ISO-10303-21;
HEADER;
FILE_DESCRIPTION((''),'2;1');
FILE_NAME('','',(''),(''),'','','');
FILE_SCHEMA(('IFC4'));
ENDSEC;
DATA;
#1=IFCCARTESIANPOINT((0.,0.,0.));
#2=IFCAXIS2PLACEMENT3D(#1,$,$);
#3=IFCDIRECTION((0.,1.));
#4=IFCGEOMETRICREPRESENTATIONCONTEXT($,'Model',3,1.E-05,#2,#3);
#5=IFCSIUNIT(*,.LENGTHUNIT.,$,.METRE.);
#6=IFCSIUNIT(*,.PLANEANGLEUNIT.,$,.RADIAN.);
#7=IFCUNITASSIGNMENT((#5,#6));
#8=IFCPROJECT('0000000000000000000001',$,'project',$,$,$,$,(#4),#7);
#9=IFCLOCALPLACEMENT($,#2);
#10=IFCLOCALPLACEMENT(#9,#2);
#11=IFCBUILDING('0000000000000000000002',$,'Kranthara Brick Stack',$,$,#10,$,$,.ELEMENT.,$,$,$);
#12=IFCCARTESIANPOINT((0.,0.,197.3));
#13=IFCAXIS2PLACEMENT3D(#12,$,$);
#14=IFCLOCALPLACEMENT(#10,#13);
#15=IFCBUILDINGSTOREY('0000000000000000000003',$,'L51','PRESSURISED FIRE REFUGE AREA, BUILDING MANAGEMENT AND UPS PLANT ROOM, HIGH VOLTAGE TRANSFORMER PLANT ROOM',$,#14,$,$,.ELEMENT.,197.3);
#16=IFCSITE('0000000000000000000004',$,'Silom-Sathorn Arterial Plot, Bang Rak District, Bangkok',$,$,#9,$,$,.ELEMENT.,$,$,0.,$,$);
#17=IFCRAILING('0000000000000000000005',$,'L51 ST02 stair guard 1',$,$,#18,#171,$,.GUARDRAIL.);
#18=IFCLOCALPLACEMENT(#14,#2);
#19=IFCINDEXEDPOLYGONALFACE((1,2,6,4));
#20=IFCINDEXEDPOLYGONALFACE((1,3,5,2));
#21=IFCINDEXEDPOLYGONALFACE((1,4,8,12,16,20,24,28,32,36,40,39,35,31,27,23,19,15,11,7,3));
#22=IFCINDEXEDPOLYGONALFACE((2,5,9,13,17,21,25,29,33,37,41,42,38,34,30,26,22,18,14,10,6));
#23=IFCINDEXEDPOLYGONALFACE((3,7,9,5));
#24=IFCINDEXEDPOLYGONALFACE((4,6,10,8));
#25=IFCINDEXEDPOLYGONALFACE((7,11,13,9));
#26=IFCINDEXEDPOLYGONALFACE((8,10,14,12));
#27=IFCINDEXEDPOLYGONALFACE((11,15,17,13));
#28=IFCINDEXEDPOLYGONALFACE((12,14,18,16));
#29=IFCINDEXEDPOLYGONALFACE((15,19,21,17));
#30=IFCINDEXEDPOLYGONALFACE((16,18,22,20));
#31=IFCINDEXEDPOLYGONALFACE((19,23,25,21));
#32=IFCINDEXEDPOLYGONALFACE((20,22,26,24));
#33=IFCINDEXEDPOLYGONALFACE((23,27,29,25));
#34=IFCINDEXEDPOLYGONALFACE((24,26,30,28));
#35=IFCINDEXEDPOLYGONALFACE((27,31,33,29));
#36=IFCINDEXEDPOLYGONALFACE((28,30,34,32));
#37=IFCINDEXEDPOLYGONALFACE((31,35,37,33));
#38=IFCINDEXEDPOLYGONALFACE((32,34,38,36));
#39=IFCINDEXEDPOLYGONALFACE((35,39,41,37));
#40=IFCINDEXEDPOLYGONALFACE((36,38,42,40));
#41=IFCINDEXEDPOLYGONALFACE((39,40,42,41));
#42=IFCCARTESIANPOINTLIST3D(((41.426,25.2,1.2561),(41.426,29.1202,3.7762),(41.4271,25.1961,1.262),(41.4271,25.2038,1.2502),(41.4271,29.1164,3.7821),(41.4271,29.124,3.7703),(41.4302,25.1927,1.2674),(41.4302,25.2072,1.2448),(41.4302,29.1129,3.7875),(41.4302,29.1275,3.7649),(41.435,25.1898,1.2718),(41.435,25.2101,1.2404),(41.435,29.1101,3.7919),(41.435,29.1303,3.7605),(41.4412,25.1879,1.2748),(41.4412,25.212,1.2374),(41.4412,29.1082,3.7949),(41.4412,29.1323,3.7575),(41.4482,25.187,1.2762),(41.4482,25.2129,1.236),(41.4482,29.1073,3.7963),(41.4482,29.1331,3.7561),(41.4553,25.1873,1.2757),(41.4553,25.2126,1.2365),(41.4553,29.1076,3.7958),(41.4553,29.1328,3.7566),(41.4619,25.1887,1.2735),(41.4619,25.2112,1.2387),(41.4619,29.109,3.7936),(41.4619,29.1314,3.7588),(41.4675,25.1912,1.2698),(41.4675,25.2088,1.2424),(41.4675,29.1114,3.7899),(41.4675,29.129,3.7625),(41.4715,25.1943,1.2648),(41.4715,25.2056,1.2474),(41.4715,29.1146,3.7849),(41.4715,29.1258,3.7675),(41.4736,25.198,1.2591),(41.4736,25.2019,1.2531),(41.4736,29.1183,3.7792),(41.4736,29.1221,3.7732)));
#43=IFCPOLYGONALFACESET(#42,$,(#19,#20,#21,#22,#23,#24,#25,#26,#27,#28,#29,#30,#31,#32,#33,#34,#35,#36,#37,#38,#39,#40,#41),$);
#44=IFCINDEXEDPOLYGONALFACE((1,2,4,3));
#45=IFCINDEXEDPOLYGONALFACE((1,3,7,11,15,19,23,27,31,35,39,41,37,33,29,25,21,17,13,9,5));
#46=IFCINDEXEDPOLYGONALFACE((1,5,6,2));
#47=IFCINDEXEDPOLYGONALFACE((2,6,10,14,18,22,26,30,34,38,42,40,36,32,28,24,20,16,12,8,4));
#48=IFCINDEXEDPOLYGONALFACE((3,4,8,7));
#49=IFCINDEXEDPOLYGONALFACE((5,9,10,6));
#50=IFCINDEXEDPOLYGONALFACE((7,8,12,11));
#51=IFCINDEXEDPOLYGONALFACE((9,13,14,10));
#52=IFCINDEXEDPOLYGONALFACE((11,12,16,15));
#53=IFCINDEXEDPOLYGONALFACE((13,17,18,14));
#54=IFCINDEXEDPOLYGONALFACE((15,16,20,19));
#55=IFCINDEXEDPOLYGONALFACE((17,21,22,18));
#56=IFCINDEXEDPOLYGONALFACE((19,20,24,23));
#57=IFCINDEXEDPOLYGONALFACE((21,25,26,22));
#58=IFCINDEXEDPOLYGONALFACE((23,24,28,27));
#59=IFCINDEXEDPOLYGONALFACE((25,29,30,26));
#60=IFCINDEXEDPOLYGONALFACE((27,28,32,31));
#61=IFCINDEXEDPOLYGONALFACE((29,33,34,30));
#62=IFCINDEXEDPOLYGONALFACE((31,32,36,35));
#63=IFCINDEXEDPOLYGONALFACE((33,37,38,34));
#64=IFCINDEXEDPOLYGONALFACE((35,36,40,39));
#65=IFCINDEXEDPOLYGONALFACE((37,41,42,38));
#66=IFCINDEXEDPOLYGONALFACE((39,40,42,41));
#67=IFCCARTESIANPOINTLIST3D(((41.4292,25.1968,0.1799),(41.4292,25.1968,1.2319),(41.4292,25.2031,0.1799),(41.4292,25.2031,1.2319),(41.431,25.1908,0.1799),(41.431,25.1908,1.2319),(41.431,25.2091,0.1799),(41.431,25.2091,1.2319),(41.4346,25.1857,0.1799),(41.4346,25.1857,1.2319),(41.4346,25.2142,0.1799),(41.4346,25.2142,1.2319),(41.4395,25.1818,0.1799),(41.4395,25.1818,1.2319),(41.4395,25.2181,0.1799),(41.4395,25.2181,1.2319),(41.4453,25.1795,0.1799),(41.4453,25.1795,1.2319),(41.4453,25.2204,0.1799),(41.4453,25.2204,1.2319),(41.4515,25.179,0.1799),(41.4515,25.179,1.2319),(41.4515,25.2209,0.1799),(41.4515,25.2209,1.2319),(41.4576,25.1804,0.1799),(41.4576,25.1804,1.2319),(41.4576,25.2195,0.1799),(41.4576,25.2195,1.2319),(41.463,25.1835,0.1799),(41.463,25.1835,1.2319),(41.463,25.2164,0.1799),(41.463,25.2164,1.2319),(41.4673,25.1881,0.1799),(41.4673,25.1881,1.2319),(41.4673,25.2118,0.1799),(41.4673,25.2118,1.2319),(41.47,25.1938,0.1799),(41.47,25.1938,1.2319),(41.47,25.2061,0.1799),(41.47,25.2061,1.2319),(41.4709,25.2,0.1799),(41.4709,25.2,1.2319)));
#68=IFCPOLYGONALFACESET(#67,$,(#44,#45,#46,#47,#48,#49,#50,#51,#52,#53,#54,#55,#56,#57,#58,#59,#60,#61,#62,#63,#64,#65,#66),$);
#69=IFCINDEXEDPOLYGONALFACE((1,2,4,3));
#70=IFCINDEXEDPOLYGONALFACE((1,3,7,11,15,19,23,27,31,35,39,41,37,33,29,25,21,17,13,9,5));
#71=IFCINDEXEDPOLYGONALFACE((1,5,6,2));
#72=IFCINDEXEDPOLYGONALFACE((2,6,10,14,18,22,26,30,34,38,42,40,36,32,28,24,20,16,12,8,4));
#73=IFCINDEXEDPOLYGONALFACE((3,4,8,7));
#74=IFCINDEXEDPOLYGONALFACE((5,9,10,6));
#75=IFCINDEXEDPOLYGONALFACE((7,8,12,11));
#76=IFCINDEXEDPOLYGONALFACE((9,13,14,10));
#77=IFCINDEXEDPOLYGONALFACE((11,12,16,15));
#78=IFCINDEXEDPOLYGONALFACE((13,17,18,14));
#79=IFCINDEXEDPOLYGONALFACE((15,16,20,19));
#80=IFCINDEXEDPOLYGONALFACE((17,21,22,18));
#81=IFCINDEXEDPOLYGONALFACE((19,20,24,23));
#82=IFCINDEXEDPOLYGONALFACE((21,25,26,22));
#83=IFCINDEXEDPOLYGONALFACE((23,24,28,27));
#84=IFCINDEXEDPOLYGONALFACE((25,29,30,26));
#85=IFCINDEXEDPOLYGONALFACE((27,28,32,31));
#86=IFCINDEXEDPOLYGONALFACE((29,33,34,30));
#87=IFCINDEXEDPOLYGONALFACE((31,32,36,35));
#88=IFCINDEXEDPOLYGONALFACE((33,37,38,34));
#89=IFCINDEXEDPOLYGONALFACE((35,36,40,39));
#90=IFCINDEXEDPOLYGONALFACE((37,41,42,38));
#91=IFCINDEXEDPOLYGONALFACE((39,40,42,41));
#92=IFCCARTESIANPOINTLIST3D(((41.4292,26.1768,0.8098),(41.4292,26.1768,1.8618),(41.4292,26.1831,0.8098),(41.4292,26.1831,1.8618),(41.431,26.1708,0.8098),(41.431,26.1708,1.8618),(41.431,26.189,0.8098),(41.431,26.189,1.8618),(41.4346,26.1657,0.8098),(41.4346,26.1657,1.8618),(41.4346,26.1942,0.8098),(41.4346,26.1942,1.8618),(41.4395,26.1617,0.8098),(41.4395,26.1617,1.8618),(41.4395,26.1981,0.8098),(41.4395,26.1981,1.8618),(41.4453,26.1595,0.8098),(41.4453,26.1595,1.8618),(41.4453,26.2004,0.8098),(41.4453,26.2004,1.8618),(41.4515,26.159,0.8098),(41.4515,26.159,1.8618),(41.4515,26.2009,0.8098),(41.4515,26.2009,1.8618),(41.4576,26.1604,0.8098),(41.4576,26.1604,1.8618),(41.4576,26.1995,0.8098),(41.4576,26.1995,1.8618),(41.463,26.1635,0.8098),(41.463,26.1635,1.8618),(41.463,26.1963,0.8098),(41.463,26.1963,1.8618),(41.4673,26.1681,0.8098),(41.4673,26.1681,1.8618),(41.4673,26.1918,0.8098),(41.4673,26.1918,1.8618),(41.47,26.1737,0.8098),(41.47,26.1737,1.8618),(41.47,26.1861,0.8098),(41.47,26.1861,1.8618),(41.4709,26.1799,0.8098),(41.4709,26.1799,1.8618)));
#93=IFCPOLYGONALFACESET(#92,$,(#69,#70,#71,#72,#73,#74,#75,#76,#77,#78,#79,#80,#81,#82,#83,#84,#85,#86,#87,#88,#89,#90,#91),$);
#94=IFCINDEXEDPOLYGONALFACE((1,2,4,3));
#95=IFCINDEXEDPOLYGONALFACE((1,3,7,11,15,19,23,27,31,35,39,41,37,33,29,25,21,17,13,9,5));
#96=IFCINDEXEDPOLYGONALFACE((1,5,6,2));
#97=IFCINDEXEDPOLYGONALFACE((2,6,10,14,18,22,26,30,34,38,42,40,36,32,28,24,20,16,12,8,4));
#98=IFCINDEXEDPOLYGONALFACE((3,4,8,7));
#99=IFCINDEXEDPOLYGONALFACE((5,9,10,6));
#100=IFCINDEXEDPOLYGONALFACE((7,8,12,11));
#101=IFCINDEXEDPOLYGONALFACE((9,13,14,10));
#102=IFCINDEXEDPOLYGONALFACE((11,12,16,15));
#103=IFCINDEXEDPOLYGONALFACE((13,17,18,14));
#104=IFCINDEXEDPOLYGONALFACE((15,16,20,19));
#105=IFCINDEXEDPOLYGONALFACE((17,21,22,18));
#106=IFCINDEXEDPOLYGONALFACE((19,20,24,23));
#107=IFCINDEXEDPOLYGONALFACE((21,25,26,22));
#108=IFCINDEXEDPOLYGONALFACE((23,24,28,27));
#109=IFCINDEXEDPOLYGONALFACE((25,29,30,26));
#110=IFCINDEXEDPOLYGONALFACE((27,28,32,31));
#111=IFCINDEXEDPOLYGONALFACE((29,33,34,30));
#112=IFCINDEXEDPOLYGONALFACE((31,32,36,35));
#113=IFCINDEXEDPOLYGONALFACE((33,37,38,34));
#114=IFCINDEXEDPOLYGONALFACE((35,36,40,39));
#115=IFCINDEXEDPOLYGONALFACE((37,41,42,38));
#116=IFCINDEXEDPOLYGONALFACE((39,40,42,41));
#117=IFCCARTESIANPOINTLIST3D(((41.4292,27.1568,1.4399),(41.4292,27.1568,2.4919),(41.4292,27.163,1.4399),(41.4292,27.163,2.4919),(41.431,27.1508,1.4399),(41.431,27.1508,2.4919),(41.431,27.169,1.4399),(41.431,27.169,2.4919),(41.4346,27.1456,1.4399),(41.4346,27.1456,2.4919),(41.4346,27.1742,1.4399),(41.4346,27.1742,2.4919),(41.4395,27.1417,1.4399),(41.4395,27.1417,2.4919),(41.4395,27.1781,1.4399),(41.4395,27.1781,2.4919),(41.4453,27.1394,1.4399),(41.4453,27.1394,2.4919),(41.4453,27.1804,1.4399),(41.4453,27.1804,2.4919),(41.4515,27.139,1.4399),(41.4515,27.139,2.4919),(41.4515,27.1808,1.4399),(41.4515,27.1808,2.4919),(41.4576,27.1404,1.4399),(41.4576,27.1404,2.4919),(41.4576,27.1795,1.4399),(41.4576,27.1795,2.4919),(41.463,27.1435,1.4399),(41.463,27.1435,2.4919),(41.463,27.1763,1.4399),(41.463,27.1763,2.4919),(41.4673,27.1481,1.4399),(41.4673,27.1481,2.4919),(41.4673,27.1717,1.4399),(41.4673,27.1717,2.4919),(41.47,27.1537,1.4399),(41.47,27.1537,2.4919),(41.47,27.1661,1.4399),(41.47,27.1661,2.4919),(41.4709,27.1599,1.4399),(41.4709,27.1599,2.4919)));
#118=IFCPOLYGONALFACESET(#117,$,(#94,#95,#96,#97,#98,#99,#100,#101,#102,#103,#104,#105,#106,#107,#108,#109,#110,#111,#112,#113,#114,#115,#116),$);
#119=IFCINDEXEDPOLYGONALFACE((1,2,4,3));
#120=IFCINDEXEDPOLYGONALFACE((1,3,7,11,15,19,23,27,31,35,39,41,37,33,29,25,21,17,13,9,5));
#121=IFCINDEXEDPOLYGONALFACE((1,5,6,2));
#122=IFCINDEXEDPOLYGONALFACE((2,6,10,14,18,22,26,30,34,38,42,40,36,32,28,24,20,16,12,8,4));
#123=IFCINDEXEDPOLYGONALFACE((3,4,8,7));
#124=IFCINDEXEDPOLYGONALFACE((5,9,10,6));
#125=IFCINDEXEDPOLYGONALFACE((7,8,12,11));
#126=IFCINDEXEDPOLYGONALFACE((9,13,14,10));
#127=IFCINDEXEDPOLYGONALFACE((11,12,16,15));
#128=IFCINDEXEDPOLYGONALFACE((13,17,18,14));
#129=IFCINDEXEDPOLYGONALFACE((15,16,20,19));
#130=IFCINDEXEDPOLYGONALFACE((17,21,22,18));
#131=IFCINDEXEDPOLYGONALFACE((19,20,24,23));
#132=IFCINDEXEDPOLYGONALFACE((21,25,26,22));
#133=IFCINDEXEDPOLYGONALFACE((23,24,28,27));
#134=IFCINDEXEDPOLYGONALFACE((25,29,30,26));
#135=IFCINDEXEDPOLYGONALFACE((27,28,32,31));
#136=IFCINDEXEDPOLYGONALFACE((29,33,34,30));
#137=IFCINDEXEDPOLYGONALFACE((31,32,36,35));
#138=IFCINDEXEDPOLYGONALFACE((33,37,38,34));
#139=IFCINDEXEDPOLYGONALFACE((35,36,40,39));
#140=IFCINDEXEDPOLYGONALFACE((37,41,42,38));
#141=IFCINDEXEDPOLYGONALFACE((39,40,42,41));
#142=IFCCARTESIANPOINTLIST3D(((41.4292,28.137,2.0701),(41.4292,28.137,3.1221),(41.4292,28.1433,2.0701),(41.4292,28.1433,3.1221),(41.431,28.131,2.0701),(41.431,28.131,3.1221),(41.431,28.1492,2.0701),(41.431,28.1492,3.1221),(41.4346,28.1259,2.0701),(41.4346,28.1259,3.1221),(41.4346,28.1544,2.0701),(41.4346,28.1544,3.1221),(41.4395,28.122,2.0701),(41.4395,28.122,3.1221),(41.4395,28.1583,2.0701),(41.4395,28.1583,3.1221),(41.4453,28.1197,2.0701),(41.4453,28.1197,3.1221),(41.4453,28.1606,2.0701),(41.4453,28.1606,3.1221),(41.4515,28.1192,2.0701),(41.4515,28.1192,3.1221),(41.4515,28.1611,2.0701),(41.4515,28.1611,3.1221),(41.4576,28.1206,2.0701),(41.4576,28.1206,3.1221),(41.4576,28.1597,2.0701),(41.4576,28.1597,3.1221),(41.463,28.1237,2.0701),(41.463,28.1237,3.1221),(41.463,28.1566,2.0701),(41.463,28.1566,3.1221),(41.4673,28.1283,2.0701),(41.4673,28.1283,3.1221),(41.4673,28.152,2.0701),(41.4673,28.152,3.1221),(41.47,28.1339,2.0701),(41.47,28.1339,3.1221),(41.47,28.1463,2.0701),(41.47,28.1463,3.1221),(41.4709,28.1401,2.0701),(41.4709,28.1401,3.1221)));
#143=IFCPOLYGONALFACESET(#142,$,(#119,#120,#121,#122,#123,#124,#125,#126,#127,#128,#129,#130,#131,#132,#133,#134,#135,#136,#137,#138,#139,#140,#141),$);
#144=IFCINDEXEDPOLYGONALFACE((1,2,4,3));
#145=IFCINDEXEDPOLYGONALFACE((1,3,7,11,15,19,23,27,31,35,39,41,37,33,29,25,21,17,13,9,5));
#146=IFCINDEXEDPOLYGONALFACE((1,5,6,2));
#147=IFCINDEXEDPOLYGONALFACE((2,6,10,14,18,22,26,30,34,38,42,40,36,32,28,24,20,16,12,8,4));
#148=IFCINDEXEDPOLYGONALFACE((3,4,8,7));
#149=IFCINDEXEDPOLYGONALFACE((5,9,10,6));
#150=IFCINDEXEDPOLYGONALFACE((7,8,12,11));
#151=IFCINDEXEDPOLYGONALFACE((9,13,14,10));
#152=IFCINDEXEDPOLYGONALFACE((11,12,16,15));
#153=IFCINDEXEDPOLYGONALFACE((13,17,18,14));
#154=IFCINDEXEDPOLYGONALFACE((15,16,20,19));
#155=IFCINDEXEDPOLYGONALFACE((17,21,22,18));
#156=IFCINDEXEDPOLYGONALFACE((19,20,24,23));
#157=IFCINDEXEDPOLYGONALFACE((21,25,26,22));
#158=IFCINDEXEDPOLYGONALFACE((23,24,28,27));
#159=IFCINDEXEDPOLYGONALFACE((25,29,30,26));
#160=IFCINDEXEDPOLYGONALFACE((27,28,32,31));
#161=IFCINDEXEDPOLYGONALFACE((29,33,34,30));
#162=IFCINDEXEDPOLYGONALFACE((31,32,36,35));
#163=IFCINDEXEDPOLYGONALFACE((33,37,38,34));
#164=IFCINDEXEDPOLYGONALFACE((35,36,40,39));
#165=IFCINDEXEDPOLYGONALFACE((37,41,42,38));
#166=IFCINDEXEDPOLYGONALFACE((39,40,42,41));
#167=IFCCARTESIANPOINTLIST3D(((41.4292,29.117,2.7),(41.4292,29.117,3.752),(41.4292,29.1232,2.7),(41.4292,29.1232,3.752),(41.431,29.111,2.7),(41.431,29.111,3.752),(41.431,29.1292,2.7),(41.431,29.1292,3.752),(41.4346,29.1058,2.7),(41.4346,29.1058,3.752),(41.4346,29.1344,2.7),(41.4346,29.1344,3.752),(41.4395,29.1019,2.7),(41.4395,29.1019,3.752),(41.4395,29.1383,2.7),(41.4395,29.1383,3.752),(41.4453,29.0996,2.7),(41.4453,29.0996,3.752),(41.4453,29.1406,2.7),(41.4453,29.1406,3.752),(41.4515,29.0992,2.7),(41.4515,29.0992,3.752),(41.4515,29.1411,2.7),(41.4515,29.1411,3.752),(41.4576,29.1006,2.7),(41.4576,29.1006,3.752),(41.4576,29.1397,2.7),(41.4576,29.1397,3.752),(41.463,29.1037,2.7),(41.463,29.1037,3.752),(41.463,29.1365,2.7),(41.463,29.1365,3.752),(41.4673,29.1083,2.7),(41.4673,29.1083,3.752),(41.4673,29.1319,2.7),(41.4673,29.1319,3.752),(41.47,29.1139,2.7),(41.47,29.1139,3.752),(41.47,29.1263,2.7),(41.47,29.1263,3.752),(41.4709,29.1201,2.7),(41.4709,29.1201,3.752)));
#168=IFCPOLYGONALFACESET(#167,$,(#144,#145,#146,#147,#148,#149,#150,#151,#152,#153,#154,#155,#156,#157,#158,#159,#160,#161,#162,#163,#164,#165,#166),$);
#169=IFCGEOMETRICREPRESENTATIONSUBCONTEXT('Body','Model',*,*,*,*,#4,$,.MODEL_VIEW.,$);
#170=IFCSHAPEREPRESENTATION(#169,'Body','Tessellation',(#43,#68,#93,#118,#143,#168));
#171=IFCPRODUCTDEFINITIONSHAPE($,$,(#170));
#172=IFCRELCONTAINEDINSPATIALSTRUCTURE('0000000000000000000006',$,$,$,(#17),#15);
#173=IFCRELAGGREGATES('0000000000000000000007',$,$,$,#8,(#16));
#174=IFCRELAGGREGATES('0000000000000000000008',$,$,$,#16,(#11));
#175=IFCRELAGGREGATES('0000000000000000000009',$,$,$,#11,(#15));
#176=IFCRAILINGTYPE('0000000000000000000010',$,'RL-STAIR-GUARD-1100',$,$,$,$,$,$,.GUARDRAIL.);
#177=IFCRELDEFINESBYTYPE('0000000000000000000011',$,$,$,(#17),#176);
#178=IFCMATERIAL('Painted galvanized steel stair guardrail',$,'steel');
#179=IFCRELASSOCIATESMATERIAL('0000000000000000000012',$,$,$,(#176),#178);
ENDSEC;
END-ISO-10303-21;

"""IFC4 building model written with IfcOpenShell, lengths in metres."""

from ifc_helpers import new_model, si_unit, direction, frame, origin, origin_2d, place, context, subcontext, project, spatial, circle, extrude, material, type_object, element, save


model = new_model("IFC4")

# Units and contexts
model_context = context("Model", 3, precision=1e-05, world=origin(), true_north=direction((0.0, 1.0)))
body_context = subcontext(model_context, "Body", "Model", "MODEL_VIEW")
ifc_project = project(units=[si_unit("LENGTHUNIT", "METRE"), si_unit("PLANEANGLEUNIT", "RADIAN")], contexts=[model_context])

# Site, building, storey
site_placement = place(None, origin())
site = spatial("IfcSite", under=ifc_project, at=site_placement, Name="Silom-Sathorn Arterial Plot, Bang Rak District, Bangkok", CompositionType="ELEMENT", RefElevation=0.0)
building_placement = place(site_placement, origin())
building = spatial("IfcBuilding", under=site, at=building_placement, Name="Kranthara Brick Stack", CompositionType="ELEMENT")
storey_placement = place(building_placement, frame((0.0, 0.0, 197.3)))
storey = spatial("IfcBuildingStorey", under=building, at=storey_placement, Name="L51", Description="PRESSURISED FIRE REFUGE AREA, BUILDING MANAGEMENT AND UPS PLANT ROOM, HIGH VOLTAGE TRANSFORMER PLANT ROOM", CompositionType="ELEMENT", Elevation=197.3)

# Railing
ifc_material_1 = material(Name="Painted galvanized steel stair guardrail", Category="steel")
railing_type = type_object("IfcRailingType", Name="RL-STAIR-GUARD-1100", PredefinedType="GUARDRAIL", material=ifc_material_1)
railing_1_placement = place(storey_placement, frame((41.45, 25.2, 0.1799)))
element("IfcRailing", 1, at=railing_1_placement, inside=storey, type_object=railing_type, Name="L51 ST02 stair guard 1", PredefinedType="GUARDRAIL", context=body_context, shape_type="SweptSolid", body=[
    extrude(circle(Radius=0.0239, at=origin_2d()), frame((0.0, 0.0, 1.0762), z_axis=(0.0, 0.841187, 0.540744), x_axis=(-1.0, 0.0, 0.0)), (0.0, 0.0, 1.0), 4.6604),
    extrude(circle(Radius=0.021, at=origin_2d()), origin(), (0.0, 0.0, 1.0), 1.052),
    extrude(circle(Radius=0.021, at=origin_2d()), frame((0.0, 0.98, 0.6299)), (0.0, 0.0, 1.0), 1.052),
    extrude(circle(Radius=0.021, at=origin_2d()), frame((0.0, 1.96, 1.26)), (0.0, 0.0, 1.0), 1.052),
    extrude(circle(Radius=0.021, at=origin_2d()), frame((0.0, 2.9402, 1.8901)), (0.0, 0.0, 1.0), 1.052),
    extrude(circle(Radius=0.021, at=origin_2d()), frame((0.0, 3.9202, 2.52)), (0.0, 0.0, 1.0), 1.052),
])

save(model, "model.ifc")
